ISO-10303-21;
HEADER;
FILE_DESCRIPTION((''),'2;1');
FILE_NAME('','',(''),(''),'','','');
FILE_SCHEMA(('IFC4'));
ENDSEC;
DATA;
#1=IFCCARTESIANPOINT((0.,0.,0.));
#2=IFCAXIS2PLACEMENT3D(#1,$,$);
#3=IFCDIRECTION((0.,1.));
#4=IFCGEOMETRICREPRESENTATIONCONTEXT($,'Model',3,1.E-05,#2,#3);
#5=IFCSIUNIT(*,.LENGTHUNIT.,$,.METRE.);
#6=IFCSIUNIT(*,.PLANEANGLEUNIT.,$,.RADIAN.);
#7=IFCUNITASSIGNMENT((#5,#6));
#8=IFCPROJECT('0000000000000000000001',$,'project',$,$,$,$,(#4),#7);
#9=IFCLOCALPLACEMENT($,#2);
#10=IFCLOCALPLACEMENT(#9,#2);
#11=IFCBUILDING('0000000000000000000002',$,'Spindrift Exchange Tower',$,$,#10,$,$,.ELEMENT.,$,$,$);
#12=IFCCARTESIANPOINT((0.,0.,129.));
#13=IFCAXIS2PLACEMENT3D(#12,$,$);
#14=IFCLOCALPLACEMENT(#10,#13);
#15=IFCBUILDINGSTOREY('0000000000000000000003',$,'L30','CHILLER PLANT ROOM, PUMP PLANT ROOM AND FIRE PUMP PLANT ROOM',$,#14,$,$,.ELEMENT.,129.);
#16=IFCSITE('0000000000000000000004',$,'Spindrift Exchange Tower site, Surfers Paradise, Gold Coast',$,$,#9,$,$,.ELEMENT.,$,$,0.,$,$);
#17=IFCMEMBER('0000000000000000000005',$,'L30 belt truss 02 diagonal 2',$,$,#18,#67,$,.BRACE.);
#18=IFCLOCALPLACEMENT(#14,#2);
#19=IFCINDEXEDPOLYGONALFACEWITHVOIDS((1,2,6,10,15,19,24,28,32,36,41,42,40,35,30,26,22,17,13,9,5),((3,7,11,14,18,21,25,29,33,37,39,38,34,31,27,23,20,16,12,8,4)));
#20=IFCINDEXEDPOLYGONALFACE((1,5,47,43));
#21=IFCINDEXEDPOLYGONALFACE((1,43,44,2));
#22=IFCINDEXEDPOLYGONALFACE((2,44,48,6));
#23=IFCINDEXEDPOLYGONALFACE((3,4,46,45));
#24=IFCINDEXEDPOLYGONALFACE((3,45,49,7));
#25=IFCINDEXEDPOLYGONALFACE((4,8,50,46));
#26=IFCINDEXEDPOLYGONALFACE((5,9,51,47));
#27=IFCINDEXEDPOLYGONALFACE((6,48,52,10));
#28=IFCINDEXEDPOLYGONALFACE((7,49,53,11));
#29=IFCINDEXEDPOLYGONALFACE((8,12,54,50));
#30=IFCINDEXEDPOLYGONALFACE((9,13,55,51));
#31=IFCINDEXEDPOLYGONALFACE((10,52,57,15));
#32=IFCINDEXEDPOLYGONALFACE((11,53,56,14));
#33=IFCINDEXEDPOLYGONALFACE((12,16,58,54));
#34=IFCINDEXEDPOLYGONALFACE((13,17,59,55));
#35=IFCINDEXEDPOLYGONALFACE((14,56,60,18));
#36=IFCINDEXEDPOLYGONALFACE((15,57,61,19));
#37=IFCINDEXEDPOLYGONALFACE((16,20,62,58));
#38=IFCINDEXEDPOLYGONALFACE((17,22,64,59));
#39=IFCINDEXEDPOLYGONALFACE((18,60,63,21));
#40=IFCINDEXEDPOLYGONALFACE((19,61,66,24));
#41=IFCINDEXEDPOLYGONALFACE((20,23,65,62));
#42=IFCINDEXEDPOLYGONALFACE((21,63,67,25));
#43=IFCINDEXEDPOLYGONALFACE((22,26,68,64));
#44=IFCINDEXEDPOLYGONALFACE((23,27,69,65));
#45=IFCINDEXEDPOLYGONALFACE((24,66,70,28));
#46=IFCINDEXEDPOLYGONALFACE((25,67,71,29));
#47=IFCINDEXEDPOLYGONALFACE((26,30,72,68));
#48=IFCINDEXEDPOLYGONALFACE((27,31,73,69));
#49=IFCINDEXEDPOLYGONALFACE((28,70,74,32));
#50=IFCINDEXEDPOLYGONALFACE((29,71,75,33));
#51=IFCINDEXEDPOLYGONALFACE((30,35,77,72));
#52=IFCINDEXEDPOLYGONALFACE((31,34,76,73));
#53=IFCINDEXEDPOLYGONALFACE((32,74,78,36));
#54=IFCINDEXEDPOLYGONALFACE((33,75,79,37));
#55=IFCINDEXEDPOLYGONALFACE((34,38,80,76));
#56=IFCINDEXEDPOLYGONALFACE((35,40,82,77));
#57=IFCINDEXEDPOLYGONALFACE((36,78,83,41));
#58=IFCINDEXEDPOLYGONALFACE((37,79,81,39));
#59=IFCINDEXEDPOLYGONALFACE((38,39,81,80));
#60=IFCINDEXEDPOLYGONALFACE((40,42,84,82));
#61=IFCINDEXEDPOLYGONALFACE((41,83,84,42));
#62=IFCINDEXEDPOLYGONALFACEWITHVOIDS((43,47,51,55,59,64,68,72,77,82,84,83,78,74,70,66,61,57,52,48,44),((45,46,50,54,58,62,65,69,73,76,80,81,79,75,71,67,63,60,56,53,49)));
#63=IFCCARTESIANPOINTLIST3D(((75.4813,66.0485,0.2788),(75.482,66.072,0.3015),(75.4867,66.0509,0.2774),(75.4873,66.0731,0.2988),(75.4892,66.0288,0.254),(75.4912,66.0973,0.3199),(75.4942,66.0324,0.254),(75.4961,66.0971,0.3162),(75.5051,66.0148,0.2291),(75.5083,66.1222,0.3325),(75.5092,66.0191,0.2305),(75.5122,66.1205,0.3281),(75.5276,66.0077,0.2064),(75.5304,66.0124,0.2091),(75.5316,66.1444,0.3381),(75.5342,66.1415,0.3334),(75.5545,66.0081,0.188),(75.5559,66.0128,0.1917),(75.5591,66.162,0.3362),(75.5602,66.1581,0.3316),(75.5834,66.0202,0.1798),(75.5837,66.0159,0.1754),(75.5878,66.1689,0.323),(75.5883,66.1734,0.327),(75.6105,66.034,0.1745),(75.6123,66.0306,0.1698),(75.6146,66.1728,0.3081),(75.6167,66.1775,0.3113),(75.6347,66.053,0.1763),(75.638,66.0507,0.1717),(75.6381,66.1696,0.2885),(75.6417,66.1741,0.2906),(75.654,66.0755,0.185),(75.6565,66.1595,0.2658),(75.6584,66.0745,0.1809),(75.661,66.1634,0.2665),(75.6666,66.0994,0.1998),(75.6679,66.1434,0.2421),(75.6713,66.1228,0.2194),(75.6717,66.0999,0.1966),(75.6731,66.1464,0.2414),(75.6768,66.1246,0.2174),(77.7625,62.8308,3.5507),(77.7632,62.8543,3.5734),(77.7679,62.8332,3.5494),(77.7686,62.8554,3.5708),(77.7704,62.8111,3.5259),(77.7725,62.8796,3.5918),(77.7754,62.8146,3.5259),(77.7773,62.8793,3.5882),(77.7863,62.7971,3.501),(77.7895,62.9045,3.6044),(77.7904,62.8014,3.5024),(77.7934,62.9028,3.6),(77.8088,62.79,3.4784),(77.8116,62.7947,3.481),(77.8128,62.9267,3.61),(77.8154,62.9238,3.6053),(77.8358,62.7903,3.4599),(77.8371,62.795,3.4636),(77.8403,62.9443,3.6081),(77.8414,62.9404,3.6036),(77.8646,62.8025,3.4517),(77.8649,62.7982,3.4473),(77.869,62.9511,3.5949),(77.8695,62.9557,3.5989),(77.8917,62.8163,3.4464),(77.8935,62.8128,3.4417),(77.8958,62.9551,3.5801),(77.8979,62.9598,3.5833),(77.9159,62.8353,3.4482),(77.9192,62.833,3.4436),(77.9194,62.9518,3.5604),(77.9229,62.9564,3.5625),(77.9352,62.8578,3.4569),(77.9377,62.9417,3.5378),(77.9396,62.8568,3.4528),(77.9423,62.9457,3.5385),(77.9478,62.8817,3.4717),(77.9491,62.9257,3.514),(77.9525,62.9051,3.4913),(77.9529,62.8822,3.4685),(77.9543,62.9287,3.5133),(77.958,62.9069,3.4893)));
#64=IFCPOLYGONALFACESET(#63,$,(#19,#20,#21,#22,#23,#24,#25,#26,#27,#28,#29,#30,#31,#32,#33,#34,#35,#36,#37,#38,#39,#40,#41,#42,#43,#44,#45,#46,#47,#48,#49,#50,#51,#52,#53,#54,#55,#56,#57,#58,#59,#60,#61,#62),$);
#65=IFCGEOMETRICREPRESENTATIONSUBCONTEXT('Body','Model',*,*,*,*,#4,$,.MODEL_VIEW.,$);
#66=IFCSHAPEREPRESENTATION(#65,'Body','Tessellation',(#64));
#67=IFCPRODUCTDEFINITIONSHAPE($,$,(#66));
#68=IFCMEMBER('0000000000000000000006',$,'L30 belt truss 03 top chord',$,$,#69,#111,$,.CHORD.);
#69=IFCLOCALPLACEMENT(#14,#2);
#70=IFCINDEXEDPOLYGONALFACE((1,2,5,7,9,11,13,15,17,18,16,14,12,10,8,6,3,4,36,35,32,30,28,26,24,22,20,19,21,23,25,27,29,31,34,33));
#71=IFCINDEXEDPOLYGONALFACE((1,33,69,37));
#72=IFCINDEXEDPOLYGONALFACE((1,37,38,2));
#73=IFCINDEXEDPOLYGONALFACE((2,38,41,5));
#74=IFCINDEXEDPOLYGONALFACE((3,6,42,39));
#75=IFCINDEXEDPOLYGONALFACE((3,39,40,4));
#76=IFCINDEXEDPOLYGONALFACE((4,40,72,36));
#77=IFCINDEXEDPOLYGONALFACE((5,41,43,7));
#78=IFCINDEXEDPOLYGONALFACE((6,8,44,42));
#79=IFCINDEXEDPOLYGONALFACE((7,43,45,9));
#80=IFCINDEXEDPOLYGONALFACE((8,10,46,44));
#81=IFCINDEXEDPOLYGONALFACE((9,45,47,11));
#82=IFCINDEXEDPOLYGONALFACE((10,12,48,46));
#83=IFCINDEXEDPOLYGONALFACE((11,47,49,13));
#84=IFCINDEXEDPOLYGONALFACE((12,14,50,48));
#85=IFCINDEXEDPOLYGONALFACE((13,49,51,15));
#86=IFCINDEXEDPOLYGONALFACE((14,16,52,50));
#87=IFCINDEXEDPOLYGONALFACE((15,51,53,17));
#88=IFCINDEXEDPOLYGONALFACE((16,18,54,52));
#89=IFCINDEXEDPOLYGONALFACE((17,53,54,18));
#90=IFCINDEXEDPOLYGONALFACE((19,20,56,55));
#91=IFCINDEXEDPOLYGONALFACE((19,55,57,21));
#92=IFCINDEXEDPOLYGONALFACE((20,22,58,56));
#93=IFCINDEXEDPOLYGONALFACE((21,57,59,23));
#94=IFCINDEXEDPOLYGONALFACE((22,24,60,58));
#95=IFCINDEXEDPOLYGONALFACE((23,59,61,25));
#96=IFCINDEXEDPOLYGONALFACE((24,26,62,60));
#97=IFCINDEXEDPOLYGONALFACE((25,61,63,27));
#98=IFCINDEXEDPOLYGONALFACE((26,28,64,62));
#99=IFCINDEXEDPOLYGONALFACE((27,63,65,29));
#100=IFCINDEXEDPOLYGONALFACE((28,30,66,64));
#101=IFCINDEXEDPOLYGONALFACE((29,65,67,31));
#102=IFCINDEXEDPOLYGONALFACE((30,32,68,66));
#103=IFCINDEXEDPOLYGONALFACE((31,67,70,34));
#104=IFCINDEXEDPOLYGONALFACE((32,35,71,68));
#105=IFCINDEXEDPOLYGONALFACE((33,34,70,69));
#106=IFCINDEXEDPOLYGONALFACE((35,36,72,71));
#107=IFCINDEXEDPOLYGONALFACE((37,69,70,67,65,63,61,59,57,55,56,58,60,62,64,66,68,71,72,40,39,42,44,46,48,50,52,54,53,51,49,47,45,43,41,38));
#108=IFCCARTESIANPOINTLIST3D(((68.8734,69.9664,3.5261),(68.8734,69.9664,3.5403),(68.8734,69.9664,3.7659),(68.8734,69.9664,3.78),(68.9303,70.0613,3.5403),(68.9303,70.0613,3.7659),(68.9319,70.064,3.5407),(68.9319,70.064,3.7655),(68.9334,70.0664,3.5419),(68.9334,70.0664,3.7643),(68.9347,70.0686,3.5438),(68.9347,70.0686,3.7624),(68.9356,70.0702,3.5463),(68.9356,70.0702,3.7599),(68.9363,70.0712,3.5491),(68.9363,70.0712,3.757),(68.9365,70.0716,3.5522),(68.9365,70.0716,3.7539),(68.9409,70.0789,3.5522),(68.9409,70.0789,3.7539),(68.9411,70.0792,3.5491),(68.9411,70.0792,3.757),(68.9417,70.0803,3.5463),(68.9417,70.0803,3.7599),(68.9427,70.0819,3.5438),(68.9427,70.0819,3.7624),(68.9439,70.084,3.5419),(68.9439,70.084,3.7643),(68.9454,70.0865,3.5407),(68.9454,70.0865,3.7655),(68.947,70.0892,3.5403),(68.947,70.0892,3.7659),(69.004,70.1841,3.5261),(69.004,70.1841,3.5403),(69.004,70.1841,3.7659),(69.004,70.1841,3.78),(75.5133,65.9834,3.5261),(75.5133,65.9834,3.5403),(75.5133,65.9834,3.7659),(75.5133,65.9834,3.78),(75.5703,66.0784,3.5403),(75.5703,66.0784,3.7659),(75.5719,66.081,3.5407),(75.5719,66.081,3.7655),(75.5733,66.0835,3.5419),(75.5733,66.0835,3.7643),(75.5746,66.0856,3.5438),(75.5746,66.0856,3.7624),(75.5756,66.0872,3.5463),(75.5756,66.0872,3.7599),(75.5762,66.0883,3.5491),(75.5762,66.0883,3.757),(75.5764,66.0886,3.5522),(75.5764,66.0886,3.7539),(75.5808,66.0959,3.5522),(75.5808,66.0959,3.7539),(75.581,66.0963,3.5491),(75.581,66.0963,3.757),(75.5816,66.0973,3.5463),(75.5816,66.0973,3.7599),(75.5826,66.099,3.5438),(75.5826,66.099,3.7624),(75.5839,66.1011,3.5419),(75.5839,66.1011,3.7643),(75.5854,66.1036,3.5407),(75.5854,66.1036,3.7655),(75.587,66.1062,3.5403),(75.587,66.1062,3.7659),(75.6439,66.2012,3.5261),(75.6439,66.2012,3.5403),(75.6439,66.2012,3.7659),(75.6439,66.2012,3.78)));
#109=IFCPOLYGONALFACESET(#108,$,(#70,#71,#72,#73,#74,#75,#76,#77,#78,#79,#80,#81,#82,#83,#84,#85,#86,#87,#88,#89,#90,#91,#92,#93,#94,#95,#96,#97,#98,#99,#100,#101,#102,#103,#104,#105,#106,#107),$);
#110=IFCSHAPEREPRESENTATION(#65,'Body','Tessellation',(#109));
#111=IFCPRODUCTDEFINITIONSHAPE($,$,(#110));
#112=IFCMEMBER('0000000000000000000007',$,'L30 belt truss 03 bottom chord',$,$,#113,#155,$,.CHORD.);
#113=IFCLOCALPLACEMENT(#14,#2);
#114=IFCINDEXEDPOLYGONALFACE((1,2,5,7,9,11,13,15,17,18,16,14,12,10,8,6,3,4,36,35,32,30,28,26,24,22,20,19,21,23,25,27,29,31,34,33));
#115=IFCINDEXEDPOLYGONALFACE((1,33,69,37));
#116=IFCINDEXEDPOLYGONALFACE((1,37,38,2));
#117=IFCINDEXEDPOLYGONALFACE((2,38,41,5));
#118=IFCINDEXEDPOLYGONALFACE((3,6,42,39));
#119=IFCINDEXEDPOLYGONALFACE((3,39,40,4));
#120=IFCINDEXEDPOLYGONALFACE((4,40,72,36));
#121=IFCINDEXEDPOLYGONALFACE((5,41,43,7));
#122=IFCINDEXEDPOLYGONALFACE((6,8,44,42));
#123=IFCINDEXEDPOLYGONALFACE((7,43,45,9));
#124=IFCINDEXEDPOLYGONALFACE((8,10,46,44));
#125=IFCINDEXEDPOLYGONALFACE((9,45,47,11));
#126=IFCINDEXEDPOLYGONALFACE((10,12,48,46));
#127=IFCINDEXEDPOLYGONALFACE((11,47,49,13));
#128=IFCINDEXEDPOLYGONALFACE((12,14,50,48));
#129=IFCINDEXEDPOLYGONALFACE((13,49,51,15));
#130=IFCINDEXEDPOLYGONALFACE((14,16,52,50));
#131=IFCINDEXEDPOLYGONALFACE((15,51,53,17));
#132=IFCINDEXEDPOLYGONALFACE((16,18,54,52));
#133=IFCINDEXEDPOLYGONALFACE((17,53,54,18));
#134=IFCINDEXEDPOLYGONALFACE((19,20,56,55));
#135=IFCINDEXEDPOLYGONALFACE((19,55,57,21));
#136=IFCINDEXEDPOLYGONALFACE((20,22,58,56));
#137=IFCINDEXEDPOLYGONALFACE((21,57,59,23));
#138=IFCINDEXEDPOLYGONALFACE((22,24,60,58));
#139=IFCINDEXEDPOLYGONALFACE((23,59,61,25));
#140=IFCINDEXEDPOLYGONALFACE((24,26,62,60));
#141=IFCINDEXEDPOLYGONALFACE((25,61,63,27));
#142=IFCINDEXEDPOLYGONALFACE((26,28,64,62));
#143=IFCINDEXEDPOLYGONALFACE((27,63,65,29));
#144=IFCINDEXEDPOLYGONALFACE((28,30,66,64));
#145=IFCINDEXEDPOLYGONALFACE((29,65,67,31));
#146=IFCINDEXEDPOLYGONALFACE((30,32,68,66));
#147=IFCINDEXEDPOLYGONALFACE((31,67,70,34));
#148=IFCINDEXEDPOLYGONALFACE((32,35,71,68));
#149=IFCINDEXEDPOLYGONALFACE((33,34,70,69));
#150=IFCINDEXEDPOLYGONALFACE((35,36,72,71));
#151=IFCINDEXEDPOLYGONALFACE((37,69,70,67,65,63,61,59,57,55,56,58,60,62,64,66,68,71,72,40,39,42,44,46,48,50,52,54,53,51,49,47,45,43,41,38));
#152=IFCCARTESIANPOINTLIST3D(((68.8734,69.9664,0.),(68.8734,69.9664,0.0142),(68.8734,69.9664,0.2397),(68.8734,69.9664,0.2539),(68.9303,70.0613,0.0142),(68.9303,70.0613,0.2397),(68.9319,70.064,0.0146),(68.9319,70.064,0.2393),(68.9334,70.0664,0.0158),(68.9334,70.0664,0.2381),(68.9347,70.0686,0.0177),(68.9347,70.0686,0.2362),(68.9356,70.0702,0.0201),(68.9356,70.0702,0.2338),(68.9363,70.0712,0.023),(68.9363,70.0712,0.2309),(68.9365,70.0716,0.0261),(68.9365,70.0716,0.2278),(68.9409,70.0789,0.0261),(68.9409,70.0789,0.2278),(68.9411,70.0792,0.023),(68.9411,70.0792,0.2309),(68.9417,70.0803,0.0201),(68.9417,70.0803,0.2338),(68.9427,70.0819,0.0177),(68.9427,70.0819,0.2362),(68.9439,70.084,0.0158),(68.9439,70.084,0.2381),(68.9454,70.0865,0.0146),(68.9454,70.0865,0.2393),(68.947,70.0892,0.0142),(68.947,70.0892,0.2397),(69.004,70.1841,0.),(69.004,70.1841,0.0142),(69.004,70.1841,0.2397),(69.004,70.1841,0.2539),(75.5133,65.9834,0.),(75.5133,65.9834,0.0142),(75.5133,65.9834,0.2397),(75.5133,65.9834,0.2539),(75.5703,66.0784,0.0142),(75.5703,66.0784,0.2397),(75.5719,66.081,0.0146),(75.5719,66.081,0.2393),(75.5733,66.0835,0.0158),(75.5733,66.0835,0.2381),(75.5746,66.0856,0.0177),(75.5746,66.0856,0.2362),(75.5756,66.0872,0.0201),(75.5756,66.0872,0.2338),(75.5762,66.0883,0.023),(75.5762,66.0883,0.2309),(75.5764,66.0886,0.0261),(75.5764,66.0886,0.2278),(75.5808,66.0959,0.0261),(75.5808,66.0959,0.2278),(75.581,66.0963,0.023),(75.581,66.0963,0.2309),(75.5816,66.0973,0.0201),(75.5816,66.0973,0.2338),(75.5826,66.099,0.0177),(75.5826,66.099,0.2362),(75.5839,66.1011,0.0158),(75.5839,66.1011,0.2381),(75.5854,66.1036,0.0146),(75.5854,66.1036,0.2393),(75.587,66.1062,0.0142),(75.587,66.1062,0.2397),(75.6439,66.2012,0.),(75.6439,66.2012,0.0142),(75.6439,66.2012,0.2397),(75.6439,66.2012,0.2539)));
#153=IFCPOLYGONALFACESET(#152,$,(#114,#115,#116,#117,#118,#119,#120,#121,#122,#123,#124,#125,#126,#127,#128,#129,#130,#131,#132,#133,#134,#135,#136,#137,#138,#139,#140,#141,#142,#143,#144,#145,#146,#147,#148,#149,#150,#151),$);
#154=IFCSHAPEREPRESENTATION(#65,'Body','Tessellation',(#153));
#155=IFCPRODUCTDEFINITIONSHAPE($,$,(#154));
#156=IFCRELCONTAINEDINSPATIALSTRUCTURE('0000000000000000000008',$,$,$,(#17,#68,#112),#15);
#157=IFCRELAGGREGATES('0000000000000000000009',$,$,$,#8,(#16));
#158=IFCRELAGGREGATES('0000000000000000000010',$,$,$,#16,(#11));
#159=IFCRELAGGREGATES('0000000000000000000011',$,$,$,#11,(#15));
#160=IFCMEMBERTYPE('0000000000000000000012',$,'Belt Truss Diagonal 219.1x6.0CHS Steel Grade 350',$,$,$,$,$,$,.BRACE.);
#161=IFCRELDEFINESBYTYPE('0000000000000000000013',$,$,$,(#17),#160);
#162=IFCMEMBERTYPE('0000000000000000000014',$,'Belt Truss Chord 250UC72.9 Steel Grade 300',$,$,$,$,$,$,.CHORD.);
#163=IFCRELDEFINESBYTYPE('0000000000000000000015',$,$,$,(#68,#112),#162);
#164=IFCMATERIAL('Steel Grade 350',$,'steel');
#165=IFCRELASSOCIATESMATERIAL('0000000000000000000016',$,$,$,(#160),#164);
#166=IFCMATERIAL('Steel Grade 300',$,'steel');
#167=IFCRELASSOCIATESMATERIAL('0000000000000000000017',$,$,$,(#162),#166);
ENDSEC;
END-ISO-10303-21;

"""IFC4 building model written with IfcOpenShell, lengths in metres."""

from ifc_helpers import new_model, si_unit, direction, frame, origin, origin_2d, place, context, subcontext, project, spatial, hollow_circle, i_section, extrude, source, transform, mapped, material, material_profile, profile_set, type_object, element, save


model = new_model("IFC4")

# Units and contexts
model_context = context("Model", 3, precision=1e-05, world=origin(), true_north=direction((0.0, 1.0)))
body_context = subcontext(model_context, "Body", "Model", "MODEL_VIEW")
ifc_project = project(units=[si_unit("LENGTHUNIT", "METRE"), si_unit("PLANEANGLEUNIT", "RADIAN")], contexts=[model_context])

# Site, building, storey
site_placement = place(None, origin())
site = spatial("IfcSite", under=ifc_project, at=site_placement, Name="Spindrift Exchange Tower site, Surfers Paradise, Gold Coast", CompositionType="ELEMENT", RefElevation=0.0)
building_placement = place(site_placement, origin())
building = spatial("IfcBuilding", under=site, at=building_placement, Name="Spindrift Exchange Tower", CompositionType="ELEMENT")
storey_placement = place(building_placement, frame((0.0, 0.0, 129.0)))
storey = spatial("IfcBuildingStorey", under=building, at=storey_placement, Name="L30", Description="CHILLER PLANT ROOM, PUMP PLANT ROOM AND FIRE PUMP PLANT ROOM", CompositionType="ELEMENT", Elevation=129.0)

# Shared definitions
ifc_material_1 = material(Name="Steel Grade 300", Category="steel")

# Members
ifc_material_2 = material(Name="Steel Grade 350", Category="steel")
ifc_material_profile_1 = material_profile(ifc_material_2, hollow_circle(Radius=0.1096, WallThickness=0.0061, at=origin_2d()), Name="219.1x6.0CHS")
ifc_profile_set_1 = profile_set([ifc_material_profile_1], Name="Steel Grade 350")
member_type_1 = type_object("IfcMemberType", Name="Belt Truss Diagonal 219.1x6.0CHS Steel Grade 350", PredefinedType="BRACE", material=ifc_profile_set_1)
shared_shape_1 = source(origin(), body_context, "Body", "SweptSolid", [
    extrude(hollow_circle(Radius=0.1096, WallThickness=0.0061, at=origin_2d()), origin(), (0.0, 0.0, 1.0), 5.1248),
])
member_1_placement = place(storey_placement, frame((77.8599, 62.8745, 3.5259), z_axis=(-0.445136, 0.627878, -0.638454), x_axis=(-0.815786, -0.578354, 0.0)))
element("IfcMember", 1, at=member_1_placement, inside=storey, type_object=member_type_1, Name="L30 belt truss 02 diagonal 2", PredefinedType="BRACE", context=body_context, shape_type="MappedRepresentation", body=[
    mapped(shared_shape_1, transform((0.0, 0.0, 0.0), scale=1.0)),
])
ifc_material_profile_2 = material_profile(ifc_material_1, i_section(OverallWidth=0.2539, OverallDepth=0.2539, WebThickness=0.0085, FlangeThickness=0.0142, FilletRadius=0.012, at=origin_2d()), Name="250UC72.9")
ifc_profile_set_2 = profile_set([ifc_material_profile_2], Name="Steel Grade 300")
member_type_2 = type_object("IfcMemberType", Name="Belt Truss Chord 250UC72.9 Steel Grade 300", PredefinedType="CHORD", material=ifc_profile_set_2)
shared_shape_2 = source(origin(), body_context, "Body", "SweptSolid", [
    extrude(i_section(OverallWidth=0.2539, OverallDepth=0.2539, WebThickness=0.0085, FlangeThickness=0.0142, FilletRadius=0.012, at=origin_2d()), origin(), (0.0, 0.0, 1.0), 7.7429),
])
for number, where, z_axis, x_axis, name in (
    (2, (75.5786, 66.0923, 3.6531), (-0.857551, 0.514398, 0.0), (-0.514398, -0.857551, 0.0), "L30 belt truss 03 top chord"),
    (3, (75.5786, 66.0923, 0.127), (-0.857551, 0.514398, 0.0), (-0.514398, -0.857551, 0.0), "L30 belt truss 03 bottom chord"),
):
    element("IfcMember", number, at=place(storey_placement, frame(where, z_axis=z_axis, x_axis=x_axis)), inside=storey, type_object=member_type_2, Name=name, PredefinedType="CHORD", context=body_context, shape_type="MappedRepresentation", body=[
        mapped(shared_shape_2, transform((0.0, 0.0, 0.0), scale=1.0)),
    ])

save(model, "model.ifc")
